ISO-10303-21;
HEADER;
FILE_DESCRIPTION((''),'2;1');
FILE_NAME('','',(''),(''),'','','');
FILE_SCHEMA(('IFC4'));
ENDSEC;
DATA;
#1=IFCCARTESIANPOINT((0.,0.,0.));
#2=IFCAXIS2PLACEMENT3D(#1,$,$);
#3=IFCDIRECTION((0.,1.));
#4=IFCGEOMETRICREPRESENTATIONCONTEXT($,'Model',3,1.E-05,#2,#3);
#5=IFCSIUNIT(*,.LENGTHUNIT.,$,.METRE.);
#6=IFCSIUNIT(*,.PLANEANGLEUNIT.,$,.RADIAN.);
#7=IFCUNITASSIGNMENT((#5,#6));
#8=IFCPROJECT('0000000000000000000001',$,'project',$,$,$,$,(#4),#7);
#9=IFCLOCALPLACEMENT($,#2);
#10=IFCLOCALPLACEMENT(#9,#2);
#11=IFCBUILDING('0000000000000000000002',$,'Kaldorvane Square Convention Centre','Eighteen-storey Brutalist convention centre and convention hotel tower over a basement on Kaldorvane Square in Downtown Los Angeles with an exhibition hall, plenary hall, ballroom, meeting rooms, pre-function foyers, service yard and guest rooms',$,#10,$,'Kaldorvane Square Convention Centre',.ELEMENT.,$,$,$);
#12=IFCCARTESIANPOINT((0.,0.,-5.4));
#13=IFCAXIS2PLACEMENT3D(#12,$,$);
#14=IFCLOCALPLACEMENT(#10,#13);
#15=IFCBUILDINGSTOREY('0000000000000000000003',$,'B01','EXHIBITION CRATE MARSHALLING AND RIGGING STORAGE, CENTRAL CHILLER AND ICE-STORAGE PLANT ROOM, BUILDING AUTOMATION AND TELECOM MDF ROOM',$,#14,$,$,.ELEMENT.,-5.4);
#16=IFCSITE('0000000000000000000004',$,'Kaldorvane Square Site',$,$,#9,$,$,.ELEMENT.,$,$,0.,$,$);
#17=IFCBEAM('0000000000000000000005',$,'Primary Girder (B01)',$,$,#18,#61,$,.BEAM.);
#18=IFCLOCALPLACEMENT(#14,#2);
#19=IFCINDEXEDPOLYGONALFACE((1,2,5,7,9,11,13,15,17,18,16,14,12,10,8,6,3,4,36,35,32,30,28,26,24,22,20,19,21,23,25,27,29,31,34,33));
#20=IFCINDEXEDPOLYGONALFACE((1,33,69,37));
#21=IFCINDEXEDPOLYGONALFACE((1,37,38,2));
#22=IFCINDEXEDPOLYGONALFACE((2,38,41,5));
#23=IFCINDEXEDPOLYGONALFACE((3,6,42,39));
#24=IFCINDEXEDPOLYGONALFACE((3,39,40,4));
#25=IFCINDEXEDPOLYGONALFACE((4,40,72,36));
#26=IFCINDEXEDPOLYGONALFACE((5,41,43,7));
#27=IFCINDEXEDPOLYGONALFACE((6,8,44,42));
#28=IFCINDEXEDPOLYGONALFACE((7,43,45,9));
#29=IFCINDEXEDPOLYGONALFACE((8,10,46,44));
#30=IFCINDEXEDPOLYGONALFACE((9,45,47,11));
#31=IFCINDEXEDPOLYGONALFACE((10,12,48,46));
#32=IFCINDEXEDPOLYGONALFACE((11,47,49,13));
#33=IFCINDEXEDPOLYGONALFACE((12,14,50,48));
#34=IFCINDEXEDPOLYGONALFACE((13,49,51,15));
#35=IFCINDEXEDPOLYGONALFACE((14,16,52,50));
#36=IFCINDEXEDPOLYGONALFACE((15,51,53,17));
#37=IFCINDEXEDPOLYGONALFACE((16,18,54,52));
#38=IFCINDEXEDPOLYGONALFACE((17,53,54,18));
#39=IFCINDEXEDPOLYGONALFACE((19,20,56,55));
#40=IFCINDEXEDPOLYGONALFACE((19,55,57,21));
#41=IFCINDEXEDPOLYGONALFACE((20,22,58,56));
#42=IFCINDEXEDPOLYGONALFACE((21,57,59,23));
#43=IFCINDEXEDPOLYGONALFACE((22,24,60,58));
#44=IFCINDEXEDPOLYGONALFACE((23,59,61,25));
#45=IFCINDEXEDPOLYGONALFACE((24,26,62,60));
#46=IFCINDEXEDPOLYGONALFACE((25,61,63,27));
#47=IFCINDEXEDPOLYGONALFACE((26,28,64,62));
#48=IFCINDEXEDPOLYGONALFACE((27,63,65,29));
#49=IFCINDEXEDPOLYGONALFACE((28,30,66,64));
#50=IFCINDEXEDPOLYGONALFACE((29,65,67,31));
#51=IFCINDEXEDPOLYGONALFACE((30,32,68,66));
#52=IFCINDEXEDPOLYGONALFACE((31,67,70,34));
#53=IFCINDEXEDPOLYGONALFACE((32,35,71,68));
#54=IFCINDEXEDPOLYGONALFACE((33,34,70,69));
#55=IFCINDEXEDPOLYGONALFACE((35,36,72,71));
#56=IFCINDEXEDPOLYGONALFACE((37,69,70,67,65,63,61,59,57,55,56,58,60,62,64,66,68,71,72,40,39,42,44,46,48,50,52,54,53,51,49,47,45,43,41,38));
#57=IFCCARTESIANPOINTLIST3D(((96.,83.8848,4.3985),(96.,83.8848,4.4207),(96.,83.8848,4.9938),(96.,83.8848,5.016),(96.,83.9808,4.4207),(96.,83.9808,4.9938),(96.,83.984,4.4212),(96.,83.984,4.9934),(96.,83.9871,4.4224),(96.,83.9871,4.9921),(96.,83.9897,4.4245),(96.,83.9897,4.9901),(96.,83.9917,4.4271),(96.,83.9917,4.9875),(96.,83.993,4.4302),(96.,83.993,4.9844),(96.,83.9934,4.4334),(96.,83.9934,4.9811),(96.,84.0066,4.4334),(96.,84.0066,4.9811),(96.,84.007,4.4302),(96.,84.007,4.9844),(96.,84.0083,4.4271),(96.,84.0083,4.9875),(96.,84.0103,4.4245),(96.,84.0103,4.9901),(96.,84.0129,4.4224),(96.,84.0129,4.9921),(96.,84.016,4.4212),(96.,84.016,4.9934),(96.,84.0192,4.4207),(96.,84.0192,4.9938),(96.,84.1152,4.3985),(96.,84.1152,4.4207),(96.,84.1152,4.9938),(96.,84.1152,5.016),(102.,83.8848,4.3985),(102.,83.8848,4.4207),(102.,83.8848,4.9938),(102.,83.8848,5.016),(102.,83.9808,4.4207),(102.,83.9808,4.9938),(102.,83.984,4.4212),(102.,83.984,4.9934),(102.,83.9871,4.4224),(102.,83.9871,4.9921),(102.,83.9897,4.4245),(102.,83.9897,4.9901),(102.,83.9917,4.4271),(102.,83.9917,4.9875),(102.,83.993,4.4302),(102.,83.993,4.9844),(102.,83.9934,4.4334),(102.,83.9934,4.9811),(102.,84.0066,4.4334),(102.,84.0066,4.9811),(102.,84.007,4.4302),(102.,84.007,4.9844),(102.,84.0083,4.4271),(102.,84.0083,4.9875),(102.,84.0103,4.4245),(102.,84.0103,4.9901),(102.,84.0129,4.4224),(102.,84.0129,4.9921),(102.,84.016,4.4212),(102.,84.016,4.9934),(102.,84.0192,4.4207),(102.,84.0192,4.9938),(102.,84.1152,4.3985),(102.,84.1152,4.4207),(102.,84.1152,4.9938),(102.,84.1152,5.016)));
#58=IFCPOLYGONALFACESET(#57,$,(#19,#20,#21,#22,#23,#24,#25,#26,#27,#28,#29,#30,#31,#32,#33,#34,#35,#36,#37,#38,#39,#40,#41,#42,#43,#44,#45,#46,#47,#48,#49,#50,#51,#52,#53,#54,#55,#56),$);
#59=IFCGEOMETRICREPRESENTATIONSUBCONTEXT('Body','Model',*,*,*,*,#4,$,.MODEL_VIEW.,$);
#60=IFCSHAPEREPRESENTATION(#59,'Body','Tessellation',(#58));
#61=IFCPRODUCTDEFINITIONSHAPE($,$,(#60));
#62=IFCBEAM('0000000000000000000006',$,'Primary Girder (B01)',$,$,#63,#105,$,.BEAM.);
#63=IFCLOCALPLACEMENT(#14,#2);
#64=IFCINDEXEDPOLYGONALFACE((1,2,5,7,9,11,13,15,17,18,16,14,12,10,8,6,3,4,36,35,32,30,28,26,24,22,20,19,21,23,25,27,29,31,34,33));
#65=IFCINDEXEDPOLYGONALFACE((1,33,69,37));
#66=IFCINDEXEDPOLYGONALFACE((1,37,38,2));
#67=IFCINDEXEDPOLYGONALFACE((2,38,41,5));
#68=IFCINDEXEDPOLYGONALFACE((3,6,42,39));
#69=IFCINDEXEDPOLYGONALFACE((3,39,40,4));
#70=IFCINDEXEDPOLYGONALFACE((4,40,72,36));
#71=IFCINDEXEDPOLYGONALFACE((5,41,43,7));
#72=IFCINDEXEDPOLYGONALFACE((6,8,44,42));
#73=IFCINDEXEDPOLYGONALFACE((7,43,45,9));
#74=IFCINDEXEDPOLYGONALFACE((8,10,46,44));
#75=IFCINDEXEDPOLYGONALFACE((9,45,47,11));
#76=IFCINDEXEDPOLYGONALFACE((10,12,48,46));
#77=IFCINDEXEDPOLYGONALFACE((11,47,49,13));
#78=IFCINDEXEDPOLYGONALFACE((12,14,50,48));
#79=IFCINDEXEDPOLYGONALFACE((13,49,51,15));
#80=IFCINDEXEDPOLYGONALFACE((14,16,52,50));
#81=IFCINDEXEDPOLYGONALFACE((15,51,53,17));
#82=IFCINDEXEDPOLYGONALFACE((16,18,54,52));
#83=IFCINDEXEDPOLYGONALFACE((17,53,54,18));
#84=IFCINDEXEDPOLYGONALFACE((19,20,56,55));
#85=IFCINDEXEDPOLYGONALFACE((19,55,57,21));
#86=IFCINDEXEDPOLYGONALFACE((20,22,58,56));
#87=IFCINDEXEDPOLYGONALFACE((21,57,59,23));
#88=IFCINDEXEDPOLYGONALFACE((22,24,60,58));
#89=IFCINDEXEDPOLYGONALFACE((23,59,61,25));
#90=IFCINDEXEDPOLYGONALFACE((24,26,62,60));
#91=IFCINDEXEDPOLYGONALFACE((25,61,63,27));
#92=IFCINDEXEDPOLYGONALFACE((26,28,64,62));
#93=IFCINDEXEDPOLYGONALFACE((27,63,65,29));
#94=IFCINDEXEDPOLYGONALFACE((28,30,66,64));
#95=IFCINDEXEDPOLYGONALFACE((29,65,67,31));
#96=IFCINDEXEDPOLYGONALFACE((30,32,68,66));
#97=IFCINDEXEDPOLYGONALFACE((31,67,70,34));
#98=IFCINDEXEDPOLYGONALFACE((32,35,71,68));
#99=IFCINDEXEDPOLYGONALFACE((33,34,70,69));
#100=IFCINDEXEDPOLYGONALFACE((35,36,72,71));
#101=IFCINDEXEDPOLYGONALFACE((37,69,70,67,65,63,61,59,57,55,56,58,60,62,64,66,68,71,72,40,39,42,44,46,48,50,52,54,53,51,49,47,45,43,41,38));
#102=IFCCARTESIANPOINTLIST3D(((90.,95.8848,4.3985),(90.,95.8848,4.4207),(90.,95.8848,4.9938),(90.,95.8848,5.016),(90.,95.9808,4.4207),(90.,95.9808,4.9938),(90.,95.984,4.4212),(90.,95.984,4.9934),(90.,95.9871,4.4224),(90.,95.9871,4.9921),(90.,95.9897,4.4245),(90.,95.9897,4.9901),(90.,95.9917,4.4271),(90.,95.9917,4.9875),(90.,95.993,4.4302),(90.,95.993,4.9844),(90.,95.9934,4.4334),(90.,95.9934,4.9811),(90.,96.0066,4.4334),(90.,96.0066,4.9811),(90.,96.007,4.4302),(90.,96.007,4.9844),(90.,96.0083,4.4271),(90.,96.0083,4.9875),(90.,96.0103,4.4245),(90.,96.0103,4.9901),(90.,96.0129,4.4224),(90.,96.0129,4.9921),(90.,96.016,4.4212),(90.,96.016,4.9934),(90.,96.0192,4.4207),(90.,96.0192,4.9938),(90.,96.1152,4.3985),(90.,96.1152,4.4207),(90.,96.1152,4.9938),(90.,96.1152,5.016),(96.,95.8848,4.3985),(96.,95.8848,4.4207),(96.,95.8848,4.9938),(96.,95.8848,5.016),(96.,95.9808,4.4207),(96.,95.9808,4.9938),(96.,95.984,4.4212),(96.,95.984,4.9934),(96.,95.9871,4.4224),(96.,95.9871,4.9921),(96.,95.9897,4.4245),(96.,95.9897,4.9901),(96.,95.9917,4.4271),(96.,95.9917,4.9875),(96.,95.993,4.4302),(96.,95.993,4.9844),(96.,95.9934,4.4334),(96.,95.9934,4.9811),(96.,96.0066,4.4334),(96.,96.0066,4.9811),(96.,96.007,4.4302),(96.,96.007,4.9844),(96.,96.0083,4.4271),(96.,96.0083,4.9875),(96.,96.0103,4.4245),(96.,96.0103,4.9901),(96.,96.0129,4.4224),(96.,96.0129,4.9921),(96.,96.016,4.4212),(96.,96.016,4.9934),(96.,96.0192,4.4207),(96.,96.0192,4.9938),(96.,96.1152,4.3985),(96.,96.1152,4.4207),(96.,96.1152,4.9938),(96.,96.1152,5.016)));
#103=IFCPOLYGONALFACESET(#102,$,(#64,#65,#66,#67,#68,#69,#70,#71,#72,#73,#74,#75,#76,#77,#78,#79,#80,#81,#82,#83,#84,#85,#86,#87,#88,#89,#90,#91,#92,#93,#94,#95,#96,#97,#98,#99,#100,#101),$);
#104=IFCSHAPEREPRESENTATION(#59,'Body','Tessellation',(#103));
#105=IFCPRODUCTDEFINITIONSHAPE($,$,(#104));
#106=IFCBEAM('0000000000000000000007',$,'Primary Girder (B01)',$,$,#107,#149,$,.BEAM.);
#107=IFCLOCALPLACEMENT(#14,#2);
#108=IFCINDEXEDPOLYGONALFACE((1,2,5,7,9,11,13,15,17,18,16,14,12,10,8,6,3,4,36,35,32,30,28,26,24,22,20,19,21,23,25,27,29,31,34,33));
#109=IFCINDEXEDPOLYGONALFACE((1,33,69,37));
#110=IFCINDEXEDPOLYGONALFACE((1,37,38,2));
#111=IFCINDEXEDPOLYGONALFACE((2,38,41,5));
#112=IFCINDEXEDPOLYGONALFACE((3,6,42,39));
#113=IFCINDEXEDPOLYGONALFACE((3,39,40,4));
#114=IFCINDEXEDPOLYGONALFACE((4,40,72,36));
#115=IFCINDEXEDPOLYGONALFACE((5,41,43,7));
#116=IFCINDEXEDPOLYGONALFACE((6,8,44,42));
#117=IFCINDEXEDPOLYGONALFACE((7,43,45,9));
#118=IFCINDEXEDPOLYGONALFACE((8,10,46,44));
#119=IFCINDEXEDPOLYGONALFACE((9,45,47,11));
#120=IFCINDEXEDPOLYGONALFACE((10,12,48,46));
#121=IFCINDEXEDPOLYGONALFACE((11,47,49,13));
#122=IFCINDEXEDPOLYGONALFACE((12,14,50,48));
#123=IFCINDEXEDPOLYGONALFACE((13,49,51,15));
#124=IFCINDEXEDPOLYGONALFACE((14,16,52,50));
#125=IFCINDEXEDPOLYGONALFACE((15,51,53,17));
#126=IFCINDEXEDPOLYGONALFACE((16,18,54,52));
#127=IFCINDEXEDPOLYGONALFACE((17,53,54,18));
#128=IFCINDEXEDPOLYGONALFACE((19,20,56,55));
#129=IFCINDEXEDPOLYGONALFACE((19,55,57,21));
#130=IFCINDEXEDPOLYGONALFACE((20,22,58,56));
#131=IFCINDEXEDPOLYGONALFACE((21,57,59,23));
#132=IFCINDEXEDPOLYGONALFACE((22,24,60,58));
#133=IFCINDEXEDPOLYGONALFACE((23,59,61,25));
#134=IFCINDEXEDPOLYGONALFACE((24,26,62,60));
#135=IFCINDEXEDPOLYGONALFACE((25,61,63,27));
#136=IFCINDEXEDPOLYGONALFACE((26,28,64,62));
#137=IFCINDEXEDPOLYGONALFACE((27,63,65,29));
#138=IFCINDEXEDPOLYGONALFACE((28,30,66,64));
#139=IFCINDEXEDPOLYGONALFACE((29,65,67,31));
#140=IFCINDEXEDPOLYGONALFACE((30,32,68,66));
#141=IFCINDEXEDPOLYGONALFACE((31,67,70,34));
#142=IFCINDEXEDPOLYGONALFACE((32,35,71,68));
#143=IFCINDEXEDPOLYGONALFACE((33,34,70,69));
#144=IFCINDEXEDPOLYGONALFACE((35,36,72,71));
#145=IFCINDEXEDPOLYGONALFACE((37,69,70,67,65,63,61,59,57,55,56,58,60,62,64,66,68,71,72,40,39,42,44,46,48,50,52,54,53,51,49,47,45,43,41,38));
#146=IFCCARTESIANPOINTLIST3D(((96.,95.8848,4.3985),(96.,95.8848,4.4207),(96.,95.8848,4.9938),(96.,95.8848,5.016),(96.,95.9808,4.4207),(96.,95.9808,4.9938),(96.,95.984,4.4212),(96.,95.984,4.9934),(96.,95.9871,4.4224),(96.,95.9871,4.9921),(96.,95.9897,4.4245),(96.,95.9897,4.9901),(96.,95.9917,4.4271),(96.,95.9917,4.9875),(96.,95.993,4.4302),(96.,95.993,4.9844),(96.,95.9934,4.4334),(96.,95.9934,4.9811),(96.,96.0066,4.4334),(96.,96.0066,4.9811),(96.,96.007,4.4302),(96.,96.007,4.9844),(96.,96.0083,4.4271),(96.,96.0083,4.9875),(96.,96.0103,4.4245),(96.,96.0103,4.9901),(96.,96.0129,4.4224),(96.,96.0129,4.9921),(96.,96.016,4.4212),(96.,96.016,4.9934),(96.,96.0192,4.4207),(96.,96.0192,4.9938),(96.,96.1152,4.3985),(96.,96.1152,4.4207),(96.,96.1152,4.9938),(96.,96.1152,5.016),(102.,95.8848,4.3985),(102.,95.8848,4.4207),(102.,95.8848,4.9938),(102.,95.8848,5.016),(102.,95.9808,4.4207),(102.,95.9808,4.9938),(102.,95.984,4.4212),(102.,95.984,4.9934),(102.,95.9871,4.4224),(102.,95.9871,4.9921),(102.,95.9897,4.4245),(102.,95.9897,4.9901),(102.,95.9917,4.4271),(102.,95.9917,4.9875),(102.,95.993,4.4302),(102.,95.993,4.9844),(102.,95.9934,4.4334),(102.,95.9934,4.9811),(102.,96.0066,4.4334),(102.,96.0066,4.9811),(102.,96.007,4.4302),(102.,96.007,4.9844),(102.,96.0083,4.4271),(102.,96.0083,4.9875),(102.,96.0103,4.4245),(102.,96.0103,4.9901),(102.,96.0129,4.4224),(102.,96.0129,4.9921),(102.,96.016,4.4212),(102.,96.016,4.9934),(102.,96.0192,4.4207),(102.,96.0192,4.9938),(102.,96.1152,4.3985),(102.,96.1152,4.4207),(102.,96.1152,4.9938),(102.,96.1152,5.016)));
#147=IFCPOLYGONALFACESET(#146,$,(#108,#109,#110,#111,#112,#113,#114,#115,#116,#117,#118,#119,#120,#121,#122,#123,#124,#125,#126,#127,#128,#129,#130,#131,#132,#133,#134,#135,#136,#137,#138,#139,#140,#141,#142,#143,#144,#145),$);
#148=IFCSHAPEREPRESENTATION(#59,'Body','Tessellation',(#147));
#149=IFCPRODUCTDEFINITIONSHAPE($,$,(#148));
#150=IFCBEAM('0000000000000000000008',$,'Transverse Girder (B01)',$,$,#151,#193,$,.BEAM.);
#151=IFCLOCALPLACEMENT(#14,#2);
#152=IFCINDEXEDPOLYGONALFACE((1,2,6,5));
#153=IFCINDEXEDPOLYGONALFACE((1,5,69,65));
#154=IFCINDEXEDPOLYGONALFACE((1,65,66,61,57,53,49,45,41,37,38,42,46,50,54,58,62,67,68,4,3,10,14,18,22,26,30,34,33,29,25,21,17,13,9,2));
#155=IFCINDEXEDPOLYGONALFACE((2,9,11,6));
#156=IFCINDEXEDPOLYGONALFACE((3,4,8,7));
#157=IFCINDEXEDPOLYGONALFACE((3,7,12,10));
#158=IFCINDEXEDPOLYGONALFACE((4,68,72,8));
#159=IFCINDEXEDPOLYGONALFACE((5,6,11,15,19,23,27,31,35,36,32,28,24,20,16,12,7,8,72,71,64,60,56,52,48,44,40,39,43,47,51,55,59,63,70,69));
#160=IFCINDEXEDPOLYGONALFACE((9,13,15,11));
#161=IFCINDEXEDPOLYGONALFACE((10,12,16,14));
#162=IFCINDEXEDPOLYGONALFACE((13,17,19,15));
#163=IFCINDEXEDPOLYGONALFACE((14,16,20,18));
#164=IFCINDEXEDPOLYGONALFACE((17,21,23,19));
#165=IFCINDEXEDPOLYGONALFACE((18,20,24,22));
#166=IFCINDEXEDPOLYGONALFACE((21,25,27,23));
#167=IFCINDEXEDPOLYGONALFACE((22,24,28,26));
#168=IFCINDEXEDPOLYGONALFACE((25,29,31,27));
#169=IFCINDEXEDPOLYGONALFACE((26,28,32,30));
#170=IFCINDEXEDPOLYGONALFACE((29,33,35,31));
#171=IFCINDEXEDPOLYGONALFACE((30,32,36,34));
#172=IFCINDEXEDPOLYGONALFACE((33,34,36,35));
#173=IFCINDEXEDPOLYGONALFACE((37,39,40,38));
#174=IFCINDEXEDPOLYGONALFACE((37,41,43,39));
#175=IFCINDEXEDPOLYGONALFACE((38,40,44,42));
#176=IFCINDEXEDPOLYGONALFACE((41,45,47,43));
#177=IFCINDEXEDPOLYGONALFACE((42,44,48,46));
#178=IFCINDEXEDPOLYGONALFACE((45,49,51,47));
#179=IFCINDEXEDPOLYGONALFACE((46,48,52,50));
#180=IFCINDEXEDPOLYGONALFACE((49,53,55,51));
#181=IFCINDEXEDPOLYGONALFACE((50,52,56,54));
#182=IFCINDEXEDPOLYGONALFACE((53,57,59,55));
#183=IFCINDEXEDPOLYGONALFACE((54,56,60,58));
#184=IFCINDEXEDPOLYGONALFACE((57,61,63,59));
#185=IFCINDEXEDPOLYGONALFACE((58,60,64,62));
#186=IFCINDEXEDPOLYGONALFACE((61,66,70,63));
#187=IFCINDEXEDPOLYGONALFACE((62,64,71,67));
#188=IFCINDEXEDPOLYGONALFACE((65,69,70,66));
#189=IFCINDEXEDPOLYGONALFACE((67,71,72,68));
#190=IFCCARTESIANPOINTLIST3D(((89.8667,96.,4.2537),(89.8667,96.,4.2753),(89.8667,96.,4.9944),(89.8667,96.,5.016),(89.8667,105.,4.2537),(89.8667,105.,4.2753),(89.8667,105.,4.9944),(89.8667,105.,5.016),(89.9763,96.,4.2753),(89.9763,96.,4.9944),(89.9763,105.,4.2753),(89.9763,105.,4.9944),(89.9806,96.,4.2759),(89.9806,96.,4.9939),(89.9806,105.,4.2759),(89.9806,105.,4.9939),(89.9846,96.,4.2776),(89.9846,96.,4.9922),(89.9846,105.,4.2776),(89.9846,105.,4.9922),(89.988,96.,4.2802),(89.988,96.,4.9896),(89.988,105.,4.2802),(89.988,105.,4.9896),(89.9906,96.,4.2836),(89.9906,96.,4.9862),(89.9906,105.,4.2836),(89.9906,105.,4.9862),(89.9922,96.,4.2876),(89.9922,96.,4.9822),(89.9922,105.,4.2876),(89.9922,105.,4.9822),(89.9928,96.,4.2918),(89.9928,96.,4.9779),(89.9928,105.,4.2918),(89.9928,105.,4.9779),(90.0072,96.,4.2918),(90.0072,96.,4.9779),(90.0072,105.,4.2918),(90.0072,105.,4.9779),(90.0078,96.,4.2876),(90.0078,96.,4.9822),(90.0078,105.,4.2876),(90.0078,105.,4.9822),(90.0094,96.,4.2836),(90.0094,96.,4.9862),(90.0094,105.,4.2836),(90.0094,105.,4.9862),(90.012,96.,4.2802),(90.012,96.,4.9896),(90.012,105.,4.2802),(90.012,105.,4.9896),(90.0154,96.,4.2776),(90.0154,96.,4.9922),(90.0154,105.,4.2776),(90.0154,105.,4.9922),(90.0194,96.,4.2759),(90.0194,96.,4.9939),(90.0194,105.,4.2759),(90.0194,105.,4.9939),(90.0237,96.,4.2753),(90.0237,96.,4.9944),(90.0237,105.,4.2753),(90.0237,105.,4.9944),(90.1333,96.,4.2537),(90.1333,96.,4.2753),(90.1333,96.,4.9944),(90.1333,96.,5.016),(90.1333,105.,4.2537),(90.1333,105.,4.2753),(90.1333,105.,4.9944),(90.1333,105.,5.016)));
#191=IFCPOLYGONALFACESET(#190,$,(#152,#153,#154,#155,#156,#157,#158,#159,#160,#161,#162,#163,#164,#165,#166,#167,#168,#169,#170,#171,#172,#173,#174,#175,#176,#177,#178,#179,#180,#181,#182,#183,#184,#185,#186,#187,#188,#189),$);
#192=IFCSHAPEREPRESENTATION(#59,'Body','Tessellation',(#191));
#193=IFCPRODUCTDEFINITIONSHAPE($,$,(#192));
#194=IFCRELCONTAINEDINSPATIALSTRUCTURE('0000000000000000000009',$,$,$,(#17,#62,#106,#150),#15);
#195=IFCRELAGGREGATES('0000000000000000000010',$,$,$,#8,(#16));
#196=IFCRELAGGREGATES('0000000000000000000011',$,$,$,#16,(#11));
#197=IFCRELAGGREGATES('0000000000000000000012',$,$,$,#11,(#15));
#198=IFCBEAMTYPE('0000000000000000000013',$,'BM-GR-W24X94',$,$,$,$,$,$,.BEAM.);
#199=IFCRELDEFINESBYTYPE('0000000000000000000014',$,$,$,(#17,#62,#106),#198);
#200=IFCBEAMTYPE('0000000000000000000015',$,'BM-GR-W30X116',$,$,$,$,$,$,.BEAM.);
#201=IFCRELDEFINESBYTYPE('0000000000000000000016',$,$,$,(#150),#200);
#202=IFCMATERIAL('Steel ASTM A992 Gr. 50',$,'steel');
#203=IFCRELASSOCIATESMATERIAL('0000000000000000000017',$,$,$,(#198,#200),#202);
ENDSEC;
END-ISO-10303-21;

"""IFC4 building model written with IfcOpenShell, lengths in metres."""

from ifc_helpers import new_model, si_unit, direction, frame, origin, origin_2d, place, context, subcontext, project, spatial, i_section, extrude, material, material_profile, profile_set, type_object, element, save


model = new_model("IFC4")

# Units and contexts
model_context = context("Model", 3, precision=1e-05, world=origin(), true_north=direction((0.0, 1.0)))
body_context = subcontext(model_context, "Body", "Model", "MODEL_VIEW")
ifc_project = project(units=[si_unit("LENGTHUNIT", "METRE"), si_unit("PLANEANGLEUNIT", "RADIAN")], contexts=[model_context])

# Site, building, storey
site_placement = place(None, origin())
site = spatial("IfcSite", under=ifc_project, at=site_placement, Name="Kaldorvane Square Site", CompositionType="ELEMENT", RefElevation=0.0)
building_placement = place(site_placement, origin())
building = spatial("IfcBuilding", under=site, at=building_placement, Name="Kaldorvane Square Convention Centre", Description="Eighteen-storey Brutalist convention centre and convention hotel tower over a basement on Kaldorvane Square in Downtown Los Angeles with an exhibition hall, plenary hall, ballroom, meeting rooms, pre-function foyers, service yard and guest rooms", LongName="Kaldorvane Square Convention Centre", CompositionType="ELEMENT")
storey_placement = place(building_placement, frame((0.0, 0.0, -5.4)))
storey = spatial("IfcBuildingStorey", under=building, at=storey_placement, Name="B01", Description="EXHIBITION CRATE MARSHALLING AND RIGGING STORAGE, CENTRAL CHILLER AND ICE-STORAGE PLANT ROOM, BUILDING AUTOMATION AND TELECOM MDF ROOM", CompositionType="ELEMENT", Elevation=-5.4)

# Shared definitions
ifc_material_1 = material(Name="Steel ASTM A992 Gr. 50", Category="steel")

# Beams
ifc_material_profile_1 = material_profile(ifc_material_1, i_section(OverallWidth=0.2303, OverallDepth=0.6175, WebThickness=0.0131, FlangeThickness=0.0222, FilletRadius=0.0127, at=origin_2d()), Name="W24X94")
ifc_profile_set_1 = profile_set([ifc_material_profile_1], Name="Steel ASTM A992 Gr. 50")
beam_type_1 = type_object("IfcBeamType", Name="BM-GR-W24X94", PredefinedType="BEAM", material=ifc_profile_set_1)
for number, where, z_axis, x_axis, name in (
    (1, (96.0, 84.0, 4.7073), (1.0, 0.0, 0.0), (0.0, 1.0, 0.0), "Primary Girder (B01)"),
    (2, (90.0, 96.0, 4.7073), (1.0, 0.0, 0.0), (0.0, 1.0, 0.0), "Primary Girder (B01)"),
    (3, (96.0, 96.0, 4.7073), (1.0, 0.0, 0.0), (0.0, 1.0, 0.0), "Primary Girder (B01)"),
):
    element("IfcBeam", number, at=place(storey_placement, frame(where, z_axis=z_axis, x_axis=x_axis)), inside=storey, type_object=beam_type_1, Name=name, PredefinedType="BEAM", context=body_context, shape_type="SweptSolid", body=[
        extrude(i_section(OverallWidth=0.2303, OverallDepth=0.6175, WebThickness=0.0131, FlangeThickness=0.0222, FilletRadius=0.0127, at=origin_2d()), origin(), (0.0, 0.0, 1.0), 6.0),
    ])
ifc_material_profile_2 = material_profile(ifc_material_1, i_section(OverallWidth=0.2666, OverallDepth=0.7623, WebThickness=0.0144, FlangeThickness=0.0216, FilletRadius=0.0165, at=origin_2d()), Name="W30X116")
ifc_profile_set_2 = profile_set([ifc_material_profile_2], Name="Steel ASTM A992 Gr. 50")
beam_type_2 = type_object("IfcBeamType", Name="BM-GR-W30X116", PredefinedType="BEAM", material=ifc_profile_set_2)
for number, where, z_axis, x_axis, name in (
    (4, (90.0, 96.0, 4.6349), (0.0, 1.0, 0.0), (-1.0, 0.0, 0.0), "Transverse Girder (B01)"),
):
    element("IfcBeam", number, at=place(storey_placement, frame(where, z_axis=z_axis, x_axis=x_axis)), inside=storey, type_object=beam_type_2, Name=name, PredefinedType="BEAM", context=body_context, shape_type="SweptSolid", body=[
        extrude(i_section(OverallWidth=0.2666, OverallDepth=0.7623, WebThickness=0.0144, FlangeThickness=0.0216, FilletRadius=0.0165, at=origin_2d()), origin(), (0.0, 0.0, 1.0), 9.0),
    ])

save(model, "model.ifc")
